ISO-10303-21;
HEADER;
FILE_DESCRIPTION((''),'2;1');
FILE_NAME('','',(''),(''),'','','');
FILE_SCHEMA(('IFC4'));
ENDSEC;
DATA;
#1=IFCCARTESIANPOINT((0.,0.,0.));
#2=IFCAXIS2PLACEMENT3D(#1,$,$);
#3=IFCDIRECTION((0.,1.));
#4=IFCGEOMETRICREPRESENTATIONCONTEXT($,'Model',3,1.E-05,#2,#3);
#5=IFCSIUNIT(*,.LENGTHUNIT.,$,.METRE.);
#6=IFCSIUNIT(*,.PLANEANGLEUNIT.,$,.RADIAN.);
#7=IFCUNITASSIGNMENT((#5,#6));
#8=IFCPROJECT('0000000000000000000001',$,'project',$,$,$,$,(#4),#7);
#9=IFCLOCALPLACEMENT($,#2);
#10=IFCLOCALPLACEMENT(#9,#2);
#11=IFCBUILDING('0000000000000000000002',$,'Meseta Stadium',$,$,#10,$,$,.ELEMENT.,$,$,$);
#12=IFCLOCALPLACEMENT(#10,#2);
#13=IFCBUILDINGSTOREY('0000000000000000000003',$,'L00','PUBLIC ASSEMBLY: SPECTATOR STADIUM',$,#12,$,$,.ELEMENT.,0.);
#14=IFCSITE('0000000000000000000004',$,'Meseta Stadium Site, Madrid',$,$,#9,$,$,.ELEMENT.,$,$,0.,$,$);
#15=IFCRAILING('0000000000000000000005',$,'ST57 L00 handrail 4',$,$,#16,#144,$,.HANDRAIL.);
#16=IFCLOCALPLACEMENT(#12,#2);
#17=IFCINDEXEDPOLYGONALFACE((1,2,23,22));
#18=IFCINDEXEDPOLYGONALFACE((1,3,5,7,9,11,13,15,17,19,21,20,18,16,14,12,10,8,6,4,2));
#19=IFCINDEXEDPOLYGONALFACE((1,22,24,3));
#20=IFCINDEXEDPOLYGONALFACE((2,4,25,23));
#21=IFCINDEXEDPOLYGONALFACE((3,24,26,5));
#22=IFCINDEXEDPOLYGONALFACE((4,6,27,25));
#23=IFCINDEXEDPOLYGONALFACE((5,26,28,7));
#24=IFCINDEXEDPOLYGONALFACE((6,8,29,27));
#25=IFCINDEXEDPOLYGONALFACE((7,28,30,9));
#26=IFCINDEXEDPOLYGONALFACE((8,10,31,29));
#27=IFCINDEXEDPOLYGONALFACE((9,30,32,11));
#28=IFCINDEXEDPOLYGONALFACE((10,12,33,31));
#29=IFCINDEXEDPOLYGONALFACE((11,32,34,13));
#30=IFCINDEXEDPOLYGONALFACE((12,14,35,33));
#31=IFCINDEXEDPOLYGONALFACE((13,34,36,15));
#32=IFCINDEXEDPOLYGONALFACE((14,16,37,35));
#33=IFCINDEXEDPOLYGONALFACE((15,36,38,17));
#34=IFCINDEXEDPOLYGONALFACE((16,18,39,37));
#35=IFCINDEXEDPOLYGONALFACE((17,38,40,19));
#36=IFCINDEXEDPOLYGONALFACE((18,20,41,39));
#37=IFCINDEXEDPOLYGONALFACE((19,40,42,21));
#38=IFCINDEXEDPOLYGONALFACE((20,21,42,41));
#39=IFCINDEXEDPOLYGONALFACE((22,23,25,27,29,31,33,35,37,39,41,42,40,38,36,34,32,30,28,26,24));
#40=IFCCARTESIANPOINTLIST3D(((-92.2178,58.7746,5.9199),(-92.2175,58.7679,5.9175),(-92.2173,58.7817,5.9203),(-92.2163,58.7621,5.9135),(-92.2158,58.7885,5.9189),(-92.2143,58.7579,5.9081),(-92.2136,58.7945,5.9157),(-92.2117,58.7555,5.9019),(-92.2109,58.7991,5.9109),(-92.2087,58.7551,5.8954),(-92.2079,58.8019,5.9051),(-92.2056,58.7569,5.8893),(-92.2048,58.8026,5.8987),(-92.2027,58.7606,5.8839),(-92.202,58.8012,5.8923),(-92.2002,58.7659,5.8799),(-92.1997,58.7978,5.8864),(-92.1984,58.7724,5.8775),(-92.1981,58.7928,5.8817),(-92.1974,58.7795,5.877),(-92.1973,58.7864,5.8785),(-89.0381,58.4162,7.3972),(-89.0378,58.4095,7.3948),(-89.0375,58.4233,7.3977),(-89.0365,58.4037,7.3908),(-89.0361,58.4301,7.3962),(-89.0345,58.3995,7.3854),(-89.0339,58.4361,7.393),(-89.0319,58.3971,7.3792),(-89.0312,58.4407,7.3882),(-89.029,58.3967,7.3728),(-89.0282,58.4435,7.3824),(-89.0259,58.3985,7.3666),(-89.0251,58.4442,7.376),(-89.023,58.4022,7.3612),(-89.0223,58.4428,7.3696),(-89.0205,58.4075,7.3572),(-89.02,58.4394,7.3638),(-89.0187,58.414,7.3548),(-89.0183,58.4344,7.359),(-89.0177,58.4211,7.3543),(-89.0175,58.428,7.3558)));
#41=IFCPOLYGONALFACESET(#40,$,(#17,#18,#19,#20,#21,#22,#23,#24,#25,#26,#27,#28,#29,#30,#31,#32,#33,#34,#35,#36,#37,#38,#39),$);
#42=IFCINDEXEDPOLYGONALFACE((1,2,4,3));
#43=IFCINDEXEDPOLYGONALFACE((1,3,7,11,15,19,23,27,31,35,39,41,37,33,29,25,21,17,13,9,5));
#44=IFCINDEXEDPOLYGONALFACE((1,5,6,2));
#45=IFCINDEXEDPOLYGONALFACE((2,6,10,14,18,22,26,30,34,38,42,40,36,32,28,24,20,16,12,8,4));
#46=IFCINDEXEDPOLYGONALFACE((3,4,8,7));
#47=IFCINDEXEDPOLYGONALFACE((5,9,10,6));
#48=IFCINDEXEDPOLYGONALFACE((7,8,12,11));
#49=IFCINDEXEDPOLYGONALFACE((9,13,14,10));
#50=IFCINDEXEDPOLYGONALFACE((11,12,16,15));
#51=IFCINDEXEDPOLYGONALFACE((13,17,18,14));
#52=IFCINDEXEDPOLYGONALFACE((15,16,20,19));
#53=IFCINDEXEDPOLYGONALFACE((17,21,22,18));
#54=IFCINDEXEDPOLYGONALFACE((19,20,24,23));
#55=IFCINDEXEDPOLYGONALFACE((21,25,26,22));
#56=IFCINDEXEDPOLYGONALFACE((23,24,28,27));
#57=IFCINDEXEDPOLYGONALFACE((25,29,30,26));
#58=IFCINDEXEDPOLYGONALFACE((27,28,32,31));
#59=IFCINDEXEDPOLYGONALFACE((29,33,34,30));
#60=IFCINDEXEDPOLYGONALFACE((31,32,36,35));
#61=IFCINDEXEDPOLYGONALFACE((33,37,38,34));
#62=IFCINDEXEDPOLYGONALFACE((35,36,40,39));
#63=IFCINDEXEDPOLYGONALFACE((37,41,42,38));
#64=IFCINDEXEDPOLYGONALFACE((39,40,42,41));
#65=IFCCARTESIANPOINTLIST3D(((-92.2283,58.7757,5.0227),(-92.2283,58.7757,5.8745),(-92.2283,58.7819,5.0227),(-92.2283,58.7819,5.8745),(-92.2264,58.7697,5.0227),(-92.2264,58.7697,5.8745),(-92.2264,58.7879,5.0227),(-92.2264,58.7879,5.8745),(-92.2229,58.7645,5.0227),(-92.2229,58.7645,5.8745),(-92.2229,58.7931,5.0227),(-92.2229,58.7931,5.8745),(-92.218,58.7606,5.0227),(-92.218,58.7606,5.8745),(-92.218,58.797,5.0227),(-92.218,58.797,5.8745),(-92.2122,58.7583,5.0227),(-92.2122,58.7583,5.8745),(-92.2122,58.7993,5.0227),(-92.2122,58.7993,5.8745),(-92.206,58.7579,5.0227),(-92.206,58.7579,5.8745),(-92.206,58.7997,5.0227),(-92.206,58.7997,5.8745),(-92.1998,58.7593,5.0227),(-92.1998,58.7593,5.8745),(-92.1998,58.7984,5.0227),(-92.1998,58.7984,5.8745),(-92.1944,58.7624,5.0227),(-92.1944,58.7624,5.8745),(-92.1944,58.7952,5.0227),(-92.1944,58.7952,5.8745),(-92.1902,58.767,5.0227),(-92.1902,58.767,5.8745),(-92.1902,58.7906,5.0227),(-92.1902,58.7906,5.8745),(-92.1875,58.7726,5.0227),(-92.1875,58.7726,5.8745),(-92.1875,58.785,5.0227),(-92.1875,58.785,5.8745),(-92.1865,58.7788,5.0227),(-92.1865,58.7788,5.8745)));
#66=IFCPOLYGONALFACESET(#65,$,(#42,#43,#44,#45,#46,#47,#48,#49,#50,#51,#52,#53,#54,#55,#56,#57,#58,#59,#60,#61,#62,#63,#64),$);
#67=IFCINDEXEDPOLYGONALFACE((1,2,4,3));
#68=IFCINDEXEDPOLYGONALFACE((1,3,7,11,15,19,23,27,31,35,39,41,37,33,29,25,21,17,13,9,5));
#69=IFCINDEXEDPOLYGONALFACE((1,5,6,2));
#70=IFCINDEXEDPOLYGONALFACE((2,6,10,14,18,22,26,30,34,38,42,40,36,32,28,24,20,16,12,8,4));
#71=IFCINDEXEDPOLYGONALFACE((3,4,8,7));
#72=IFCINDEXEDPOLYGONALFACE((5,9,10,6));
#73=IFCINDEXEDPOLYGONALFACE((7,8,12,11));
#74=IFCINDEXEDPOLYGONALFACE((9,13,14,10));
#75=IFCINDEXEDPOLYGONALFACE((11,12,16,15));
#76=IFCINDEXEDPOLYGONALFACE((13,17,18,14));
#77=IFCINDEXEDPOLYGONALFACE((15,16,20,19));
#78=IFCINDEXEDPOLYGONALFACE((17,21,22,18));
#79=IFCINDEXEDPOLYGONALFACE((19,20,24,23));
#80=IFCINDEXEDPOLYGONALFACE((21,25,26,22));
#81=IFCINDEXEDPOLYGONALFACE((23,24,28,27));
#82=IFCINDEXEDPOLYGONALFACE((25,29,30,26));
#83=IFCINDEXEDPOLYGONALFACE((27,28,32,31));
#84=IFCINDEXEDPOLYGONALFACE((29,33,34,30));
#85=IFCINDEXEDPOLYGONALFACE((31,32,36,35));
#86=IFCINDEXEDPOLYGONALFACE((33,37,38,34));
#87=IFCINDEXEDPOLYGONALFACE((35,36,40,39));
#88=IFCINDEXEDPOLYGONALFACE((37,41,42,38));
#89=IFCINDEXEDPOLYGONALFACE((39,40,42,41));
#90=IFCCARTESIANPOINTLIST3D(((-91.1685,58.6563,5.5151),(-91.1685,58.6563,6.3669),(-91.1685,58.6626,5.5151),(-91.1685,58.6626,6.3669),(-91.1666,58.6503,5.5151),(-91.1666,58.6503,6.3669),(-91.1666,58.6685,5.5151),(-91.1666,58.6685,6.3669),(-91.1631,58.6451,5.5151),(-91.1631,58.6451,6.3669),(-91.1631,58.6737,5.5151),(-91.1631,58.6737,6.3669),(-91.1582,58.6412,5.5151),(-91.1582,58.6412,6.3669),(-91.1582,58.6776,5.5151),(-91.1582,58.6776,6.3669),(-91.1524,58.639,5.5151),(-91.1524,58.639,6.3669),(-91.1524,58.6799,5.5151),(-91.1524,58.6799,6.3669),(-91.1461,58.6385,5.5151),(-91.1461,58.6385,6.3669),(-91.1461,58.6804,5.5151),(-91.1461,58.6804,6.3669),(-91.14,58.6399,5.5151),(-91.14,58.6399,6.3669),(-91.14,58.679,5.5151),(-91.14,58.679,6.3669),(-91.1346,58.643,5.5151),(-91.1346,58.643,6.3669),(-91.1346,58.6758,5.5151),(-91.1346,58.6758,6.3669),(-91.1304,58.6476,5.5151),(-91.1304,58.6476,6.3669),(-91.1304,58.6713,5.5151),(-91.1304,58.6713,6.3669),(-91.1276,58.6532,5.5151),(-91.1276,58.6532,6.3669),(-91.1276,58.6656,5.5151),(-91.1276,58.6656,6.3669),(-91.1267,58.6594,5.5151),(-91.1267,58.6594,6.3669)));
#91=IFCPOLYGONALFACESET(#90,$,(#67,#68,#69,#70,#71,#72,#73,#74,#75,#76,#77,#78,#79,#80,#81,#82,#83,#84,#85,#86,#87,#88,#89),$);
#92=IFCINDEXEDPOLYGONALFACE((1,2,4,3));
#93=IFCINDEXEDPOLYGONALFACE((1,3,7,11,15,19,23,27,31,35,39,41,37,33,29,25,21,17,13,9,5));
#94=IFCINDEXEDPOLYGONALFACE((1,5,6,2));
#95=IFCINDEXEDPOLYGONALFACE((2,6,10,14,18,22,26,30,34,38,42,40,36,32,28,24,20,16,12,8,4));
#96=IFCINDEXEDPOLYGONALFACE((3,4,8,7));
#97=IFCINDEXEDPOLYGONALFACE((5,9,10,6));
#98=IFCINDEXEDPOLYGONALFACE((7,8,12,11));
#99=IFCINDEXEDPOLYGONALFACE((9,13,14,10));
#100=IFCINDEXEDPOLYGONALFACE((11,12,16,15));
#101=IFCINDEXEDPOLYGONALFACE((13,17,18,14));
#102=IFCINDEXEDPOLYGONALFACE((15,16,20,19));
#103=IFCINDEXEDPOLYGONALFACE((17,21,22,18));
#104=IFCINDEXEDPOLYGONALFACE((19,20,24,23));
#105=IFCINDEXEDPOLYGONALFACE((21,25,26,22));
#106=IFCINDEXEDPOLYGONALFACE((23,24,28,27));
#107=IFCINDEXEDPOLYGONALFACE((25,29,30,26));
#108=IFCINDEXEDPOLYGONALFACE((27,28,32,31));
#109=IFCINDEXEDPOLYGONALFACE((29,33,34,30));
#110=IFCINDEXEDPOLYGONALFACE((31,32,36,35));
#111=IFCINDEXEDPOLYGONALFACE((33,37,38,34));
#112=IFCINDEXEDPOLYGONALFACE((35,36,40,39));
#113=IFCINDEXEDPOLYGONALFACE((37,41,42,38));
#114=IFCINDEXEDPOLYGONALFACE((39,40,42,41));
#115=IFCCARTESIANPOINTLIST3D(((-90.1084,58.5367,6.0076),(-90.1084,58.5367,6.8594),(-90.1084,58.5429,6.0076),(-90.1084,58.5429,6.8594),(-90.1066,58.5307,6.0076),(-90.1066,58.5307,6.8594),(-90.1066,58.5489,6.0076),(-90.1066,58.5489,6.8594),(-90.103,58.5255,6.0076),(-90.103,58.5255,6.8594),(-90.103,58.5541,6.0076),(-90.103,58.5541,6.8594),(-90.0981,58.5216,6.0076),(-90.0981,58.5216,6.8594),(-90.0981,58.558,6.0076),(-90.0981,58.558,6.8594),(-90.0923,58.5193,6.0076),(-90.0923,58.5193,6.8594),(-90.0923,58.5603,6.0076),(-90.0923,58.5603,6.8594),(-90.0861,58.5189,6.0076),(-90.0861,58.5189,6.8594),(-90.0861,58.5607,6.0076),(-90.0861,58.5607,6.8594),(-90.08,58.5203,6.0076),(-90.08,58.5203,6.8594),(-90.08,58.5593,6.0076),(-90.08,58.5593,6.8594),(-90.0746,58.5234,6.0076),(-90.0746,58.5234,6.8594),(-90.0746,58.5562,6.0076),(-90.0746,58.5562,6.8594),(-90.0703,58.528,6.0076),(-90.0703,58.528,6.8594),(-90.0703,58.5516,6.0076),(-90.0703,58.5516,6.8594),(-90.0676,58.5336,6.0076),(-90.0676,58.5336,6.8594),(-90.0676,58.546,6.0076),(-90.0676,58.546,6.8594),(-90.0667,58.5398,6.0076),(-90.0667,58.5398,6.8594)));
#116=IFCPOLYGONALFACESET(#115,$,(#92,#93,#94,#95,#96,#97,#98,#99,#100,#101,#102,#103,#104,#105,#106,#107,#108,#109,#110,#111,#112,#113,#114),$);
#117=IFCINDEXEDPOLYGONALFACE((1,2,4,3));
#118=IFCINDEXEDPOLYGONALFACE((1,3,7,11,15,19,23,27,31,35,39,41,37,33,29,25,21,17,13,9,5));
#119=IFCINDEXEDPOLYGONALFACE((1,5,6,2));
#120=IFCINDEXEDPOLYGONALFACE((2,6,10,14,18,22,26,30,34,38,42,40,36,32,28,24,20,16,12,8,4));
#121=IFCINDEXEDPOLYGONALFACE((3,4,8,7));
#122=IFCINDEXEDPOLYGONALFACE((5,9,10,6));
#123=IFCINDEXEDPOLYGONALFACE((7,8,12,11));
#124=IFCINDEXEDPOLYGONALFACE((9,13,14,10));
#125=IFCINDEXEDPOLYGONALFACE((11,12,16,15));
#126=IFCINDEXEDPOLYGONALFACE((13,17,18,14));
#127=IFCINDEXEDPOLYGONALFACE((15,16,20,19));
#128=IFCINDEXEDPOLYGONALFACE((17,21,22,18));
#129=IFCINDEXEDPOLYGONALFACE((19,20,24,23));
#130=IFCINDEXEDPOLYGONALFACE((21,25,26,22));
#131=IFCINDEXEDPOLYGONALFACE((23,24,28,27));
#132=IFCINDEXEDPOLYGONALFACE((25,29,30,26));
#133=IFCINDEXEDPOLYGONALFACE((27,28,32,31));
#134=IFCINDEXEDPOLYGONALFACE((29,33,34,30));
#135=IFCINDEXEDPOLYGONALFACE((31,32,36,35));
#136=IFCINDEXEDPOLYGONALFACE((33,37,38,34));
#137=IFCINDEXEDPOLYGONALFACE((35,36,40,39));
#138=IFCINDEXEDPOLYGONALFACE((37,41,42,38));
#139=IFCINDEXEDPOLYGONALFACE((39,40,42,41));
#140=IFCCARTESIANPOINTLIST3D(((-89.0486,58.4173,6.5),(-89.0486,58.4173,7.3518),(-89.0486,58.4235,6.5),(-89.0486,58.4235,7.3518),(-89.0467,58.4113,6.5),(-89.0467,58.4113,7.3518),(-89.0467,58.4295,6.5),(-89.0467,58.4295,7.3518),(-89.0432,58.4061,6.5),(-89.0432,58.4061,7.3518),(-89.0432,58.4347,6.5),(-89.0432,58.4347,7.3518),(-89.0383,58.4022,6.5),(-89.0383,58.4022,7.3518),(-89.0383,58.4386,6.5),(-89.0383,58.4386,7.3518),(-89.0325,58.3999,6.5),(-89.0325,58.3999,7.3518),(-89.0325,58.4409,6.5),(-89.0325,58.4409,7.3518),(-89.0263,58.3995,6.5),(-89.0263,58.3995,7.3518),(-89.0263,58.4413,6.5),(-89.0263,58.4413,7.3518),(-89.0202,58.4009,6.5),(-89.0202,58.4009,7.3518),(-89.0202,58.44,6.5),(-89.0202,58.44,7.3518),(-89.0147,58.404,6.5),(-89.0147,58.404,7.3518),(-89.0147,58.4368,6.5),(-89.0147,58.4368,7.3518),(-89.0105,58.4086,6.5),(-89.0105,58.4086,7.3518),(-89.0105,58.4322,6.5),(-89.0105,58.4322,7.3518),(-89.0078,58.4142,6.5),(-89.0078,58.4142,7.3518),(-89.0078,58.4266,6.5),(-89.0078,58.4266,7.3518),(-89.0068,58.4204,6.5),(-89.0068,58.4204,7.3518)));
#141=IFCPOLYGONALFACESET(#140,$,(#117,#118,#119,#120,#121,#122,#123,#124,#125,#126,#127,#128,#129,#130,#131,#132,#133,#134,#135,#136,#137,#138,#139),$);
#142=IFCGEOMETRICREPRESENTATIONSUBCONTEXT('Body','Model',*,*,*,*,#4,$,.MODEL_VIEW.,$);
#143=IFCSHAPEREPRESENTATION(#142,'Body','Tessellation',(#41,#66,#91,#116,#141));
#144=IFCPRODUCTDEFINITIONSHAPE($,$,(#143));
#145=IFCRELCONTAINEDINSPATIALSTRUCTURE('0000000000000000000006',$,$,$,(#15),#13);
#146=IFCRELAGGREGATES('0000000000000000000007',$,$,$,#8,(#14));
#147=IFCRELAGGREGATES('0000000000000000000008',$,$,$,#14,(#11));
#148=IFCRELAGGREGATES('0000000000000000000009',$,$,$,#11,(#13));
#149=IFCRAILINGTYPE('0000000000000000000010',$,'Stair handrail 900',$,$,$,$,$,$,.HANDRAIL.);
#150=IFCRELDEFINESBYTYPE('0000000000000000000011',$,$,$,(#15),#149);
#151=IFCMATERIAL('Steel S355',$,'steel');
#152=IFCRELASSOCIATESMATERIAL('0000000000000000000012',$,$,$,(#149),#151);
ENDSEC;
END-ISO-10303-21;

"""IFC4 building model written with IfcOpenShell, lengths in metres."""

from ifc_helpers import new_model, si_unit, direction, frame, origin, origin_2d, place, context, subcontext, project, spatial, circle, extrude, material, type_object, element, save


model = new_model("IFC4")

# Units and contexts
model_context = context("Model", 3, precision=1e-05, world=origin(), true_north=direction((0.0, 1.0)))
body_context = subcontext(model_context, "Body", "Model", "MODEL_VIEW")
ifc_project = project(units=[si_unit("LENGTHUNIT", "METRE"), si_unit("PLANEANGLEUNIT", "RADIAN")], contexts=[model_context])

# Site, building, storey
site_placement = place(None, origin())
site = spatial("IfcSite", under=ifc_project, at=site_placement, Name="Meseta Stadium Site, Madrid", CompositionType="ELEMENT", RefElevation=0.0)
building_placement = place(site_placement, origin())
building = spatial("IfcBuilding", under=site, at=building_placement, Name="Meseta Stadium", CompositionType="ELEMENT")
storey_placement = place(building_placement, origin())
storey = spatial("IfcBuildingStorey", under=building, at=storey_placement, Name="L00", Description="PUBLIC ASSEMBLY: SPECTATOR STADIUM", CompositionType="ELEMENT", Elevation=0.0)

# Railing
ifc_material_1 = material(Name="Steel S355", Category="steel")
railing_type_1 = type_object("IfcRailingType", Name="Stair handrail 900", PredefinedType="HANDRAIL", material=ifc_material_1)
for number, where, name in (
    (1, (-92.2075, 58.7788, 5.0227), "ST57 L00 handrail 4"),
):
    element("IfcRailing", number, at=place(storey_placement, frame(where)), inside=storey, type_object=railing_type_1, Name=name, PredefinedType="HANDRAIL", context=body_context, shape_type="SweptSolid", body=[
        extrude(circle(Radius=0.0239, at=origin_2d()), frame((0.0, 0.0, 0.876), z_axis=(0.902197, -0.101691, 0.419164), x_axis=(0.112006, 0.993708, 0.0)), (0.0, 0.0, 1.0), 3.5244),
        extrude(circle(Radius=0.021, at=origin_2d()), origin(), (0.0, 0.0, 1.0), 0.8518),
        extrude(circle(Radius=0.021, at=origin_2d()), frame((1.0598, -0.1194, 0.4924)), (0.0, 0.0, 1.0), 0.8518),
        extrude(circle(Radius=0.021, at=origin_2d()), frame((2.1199, -0.239, 0.9849)), (0.0, 0.0, 1.0), 0.8518),
        extrude(circle(Radius=0.021, at=origin_2d()), frame((3.1797, -0.3584, 1.4773)), (0.0, 0.0, 1.0), 0.8518),
    ])

save(model, "model.ifc")
